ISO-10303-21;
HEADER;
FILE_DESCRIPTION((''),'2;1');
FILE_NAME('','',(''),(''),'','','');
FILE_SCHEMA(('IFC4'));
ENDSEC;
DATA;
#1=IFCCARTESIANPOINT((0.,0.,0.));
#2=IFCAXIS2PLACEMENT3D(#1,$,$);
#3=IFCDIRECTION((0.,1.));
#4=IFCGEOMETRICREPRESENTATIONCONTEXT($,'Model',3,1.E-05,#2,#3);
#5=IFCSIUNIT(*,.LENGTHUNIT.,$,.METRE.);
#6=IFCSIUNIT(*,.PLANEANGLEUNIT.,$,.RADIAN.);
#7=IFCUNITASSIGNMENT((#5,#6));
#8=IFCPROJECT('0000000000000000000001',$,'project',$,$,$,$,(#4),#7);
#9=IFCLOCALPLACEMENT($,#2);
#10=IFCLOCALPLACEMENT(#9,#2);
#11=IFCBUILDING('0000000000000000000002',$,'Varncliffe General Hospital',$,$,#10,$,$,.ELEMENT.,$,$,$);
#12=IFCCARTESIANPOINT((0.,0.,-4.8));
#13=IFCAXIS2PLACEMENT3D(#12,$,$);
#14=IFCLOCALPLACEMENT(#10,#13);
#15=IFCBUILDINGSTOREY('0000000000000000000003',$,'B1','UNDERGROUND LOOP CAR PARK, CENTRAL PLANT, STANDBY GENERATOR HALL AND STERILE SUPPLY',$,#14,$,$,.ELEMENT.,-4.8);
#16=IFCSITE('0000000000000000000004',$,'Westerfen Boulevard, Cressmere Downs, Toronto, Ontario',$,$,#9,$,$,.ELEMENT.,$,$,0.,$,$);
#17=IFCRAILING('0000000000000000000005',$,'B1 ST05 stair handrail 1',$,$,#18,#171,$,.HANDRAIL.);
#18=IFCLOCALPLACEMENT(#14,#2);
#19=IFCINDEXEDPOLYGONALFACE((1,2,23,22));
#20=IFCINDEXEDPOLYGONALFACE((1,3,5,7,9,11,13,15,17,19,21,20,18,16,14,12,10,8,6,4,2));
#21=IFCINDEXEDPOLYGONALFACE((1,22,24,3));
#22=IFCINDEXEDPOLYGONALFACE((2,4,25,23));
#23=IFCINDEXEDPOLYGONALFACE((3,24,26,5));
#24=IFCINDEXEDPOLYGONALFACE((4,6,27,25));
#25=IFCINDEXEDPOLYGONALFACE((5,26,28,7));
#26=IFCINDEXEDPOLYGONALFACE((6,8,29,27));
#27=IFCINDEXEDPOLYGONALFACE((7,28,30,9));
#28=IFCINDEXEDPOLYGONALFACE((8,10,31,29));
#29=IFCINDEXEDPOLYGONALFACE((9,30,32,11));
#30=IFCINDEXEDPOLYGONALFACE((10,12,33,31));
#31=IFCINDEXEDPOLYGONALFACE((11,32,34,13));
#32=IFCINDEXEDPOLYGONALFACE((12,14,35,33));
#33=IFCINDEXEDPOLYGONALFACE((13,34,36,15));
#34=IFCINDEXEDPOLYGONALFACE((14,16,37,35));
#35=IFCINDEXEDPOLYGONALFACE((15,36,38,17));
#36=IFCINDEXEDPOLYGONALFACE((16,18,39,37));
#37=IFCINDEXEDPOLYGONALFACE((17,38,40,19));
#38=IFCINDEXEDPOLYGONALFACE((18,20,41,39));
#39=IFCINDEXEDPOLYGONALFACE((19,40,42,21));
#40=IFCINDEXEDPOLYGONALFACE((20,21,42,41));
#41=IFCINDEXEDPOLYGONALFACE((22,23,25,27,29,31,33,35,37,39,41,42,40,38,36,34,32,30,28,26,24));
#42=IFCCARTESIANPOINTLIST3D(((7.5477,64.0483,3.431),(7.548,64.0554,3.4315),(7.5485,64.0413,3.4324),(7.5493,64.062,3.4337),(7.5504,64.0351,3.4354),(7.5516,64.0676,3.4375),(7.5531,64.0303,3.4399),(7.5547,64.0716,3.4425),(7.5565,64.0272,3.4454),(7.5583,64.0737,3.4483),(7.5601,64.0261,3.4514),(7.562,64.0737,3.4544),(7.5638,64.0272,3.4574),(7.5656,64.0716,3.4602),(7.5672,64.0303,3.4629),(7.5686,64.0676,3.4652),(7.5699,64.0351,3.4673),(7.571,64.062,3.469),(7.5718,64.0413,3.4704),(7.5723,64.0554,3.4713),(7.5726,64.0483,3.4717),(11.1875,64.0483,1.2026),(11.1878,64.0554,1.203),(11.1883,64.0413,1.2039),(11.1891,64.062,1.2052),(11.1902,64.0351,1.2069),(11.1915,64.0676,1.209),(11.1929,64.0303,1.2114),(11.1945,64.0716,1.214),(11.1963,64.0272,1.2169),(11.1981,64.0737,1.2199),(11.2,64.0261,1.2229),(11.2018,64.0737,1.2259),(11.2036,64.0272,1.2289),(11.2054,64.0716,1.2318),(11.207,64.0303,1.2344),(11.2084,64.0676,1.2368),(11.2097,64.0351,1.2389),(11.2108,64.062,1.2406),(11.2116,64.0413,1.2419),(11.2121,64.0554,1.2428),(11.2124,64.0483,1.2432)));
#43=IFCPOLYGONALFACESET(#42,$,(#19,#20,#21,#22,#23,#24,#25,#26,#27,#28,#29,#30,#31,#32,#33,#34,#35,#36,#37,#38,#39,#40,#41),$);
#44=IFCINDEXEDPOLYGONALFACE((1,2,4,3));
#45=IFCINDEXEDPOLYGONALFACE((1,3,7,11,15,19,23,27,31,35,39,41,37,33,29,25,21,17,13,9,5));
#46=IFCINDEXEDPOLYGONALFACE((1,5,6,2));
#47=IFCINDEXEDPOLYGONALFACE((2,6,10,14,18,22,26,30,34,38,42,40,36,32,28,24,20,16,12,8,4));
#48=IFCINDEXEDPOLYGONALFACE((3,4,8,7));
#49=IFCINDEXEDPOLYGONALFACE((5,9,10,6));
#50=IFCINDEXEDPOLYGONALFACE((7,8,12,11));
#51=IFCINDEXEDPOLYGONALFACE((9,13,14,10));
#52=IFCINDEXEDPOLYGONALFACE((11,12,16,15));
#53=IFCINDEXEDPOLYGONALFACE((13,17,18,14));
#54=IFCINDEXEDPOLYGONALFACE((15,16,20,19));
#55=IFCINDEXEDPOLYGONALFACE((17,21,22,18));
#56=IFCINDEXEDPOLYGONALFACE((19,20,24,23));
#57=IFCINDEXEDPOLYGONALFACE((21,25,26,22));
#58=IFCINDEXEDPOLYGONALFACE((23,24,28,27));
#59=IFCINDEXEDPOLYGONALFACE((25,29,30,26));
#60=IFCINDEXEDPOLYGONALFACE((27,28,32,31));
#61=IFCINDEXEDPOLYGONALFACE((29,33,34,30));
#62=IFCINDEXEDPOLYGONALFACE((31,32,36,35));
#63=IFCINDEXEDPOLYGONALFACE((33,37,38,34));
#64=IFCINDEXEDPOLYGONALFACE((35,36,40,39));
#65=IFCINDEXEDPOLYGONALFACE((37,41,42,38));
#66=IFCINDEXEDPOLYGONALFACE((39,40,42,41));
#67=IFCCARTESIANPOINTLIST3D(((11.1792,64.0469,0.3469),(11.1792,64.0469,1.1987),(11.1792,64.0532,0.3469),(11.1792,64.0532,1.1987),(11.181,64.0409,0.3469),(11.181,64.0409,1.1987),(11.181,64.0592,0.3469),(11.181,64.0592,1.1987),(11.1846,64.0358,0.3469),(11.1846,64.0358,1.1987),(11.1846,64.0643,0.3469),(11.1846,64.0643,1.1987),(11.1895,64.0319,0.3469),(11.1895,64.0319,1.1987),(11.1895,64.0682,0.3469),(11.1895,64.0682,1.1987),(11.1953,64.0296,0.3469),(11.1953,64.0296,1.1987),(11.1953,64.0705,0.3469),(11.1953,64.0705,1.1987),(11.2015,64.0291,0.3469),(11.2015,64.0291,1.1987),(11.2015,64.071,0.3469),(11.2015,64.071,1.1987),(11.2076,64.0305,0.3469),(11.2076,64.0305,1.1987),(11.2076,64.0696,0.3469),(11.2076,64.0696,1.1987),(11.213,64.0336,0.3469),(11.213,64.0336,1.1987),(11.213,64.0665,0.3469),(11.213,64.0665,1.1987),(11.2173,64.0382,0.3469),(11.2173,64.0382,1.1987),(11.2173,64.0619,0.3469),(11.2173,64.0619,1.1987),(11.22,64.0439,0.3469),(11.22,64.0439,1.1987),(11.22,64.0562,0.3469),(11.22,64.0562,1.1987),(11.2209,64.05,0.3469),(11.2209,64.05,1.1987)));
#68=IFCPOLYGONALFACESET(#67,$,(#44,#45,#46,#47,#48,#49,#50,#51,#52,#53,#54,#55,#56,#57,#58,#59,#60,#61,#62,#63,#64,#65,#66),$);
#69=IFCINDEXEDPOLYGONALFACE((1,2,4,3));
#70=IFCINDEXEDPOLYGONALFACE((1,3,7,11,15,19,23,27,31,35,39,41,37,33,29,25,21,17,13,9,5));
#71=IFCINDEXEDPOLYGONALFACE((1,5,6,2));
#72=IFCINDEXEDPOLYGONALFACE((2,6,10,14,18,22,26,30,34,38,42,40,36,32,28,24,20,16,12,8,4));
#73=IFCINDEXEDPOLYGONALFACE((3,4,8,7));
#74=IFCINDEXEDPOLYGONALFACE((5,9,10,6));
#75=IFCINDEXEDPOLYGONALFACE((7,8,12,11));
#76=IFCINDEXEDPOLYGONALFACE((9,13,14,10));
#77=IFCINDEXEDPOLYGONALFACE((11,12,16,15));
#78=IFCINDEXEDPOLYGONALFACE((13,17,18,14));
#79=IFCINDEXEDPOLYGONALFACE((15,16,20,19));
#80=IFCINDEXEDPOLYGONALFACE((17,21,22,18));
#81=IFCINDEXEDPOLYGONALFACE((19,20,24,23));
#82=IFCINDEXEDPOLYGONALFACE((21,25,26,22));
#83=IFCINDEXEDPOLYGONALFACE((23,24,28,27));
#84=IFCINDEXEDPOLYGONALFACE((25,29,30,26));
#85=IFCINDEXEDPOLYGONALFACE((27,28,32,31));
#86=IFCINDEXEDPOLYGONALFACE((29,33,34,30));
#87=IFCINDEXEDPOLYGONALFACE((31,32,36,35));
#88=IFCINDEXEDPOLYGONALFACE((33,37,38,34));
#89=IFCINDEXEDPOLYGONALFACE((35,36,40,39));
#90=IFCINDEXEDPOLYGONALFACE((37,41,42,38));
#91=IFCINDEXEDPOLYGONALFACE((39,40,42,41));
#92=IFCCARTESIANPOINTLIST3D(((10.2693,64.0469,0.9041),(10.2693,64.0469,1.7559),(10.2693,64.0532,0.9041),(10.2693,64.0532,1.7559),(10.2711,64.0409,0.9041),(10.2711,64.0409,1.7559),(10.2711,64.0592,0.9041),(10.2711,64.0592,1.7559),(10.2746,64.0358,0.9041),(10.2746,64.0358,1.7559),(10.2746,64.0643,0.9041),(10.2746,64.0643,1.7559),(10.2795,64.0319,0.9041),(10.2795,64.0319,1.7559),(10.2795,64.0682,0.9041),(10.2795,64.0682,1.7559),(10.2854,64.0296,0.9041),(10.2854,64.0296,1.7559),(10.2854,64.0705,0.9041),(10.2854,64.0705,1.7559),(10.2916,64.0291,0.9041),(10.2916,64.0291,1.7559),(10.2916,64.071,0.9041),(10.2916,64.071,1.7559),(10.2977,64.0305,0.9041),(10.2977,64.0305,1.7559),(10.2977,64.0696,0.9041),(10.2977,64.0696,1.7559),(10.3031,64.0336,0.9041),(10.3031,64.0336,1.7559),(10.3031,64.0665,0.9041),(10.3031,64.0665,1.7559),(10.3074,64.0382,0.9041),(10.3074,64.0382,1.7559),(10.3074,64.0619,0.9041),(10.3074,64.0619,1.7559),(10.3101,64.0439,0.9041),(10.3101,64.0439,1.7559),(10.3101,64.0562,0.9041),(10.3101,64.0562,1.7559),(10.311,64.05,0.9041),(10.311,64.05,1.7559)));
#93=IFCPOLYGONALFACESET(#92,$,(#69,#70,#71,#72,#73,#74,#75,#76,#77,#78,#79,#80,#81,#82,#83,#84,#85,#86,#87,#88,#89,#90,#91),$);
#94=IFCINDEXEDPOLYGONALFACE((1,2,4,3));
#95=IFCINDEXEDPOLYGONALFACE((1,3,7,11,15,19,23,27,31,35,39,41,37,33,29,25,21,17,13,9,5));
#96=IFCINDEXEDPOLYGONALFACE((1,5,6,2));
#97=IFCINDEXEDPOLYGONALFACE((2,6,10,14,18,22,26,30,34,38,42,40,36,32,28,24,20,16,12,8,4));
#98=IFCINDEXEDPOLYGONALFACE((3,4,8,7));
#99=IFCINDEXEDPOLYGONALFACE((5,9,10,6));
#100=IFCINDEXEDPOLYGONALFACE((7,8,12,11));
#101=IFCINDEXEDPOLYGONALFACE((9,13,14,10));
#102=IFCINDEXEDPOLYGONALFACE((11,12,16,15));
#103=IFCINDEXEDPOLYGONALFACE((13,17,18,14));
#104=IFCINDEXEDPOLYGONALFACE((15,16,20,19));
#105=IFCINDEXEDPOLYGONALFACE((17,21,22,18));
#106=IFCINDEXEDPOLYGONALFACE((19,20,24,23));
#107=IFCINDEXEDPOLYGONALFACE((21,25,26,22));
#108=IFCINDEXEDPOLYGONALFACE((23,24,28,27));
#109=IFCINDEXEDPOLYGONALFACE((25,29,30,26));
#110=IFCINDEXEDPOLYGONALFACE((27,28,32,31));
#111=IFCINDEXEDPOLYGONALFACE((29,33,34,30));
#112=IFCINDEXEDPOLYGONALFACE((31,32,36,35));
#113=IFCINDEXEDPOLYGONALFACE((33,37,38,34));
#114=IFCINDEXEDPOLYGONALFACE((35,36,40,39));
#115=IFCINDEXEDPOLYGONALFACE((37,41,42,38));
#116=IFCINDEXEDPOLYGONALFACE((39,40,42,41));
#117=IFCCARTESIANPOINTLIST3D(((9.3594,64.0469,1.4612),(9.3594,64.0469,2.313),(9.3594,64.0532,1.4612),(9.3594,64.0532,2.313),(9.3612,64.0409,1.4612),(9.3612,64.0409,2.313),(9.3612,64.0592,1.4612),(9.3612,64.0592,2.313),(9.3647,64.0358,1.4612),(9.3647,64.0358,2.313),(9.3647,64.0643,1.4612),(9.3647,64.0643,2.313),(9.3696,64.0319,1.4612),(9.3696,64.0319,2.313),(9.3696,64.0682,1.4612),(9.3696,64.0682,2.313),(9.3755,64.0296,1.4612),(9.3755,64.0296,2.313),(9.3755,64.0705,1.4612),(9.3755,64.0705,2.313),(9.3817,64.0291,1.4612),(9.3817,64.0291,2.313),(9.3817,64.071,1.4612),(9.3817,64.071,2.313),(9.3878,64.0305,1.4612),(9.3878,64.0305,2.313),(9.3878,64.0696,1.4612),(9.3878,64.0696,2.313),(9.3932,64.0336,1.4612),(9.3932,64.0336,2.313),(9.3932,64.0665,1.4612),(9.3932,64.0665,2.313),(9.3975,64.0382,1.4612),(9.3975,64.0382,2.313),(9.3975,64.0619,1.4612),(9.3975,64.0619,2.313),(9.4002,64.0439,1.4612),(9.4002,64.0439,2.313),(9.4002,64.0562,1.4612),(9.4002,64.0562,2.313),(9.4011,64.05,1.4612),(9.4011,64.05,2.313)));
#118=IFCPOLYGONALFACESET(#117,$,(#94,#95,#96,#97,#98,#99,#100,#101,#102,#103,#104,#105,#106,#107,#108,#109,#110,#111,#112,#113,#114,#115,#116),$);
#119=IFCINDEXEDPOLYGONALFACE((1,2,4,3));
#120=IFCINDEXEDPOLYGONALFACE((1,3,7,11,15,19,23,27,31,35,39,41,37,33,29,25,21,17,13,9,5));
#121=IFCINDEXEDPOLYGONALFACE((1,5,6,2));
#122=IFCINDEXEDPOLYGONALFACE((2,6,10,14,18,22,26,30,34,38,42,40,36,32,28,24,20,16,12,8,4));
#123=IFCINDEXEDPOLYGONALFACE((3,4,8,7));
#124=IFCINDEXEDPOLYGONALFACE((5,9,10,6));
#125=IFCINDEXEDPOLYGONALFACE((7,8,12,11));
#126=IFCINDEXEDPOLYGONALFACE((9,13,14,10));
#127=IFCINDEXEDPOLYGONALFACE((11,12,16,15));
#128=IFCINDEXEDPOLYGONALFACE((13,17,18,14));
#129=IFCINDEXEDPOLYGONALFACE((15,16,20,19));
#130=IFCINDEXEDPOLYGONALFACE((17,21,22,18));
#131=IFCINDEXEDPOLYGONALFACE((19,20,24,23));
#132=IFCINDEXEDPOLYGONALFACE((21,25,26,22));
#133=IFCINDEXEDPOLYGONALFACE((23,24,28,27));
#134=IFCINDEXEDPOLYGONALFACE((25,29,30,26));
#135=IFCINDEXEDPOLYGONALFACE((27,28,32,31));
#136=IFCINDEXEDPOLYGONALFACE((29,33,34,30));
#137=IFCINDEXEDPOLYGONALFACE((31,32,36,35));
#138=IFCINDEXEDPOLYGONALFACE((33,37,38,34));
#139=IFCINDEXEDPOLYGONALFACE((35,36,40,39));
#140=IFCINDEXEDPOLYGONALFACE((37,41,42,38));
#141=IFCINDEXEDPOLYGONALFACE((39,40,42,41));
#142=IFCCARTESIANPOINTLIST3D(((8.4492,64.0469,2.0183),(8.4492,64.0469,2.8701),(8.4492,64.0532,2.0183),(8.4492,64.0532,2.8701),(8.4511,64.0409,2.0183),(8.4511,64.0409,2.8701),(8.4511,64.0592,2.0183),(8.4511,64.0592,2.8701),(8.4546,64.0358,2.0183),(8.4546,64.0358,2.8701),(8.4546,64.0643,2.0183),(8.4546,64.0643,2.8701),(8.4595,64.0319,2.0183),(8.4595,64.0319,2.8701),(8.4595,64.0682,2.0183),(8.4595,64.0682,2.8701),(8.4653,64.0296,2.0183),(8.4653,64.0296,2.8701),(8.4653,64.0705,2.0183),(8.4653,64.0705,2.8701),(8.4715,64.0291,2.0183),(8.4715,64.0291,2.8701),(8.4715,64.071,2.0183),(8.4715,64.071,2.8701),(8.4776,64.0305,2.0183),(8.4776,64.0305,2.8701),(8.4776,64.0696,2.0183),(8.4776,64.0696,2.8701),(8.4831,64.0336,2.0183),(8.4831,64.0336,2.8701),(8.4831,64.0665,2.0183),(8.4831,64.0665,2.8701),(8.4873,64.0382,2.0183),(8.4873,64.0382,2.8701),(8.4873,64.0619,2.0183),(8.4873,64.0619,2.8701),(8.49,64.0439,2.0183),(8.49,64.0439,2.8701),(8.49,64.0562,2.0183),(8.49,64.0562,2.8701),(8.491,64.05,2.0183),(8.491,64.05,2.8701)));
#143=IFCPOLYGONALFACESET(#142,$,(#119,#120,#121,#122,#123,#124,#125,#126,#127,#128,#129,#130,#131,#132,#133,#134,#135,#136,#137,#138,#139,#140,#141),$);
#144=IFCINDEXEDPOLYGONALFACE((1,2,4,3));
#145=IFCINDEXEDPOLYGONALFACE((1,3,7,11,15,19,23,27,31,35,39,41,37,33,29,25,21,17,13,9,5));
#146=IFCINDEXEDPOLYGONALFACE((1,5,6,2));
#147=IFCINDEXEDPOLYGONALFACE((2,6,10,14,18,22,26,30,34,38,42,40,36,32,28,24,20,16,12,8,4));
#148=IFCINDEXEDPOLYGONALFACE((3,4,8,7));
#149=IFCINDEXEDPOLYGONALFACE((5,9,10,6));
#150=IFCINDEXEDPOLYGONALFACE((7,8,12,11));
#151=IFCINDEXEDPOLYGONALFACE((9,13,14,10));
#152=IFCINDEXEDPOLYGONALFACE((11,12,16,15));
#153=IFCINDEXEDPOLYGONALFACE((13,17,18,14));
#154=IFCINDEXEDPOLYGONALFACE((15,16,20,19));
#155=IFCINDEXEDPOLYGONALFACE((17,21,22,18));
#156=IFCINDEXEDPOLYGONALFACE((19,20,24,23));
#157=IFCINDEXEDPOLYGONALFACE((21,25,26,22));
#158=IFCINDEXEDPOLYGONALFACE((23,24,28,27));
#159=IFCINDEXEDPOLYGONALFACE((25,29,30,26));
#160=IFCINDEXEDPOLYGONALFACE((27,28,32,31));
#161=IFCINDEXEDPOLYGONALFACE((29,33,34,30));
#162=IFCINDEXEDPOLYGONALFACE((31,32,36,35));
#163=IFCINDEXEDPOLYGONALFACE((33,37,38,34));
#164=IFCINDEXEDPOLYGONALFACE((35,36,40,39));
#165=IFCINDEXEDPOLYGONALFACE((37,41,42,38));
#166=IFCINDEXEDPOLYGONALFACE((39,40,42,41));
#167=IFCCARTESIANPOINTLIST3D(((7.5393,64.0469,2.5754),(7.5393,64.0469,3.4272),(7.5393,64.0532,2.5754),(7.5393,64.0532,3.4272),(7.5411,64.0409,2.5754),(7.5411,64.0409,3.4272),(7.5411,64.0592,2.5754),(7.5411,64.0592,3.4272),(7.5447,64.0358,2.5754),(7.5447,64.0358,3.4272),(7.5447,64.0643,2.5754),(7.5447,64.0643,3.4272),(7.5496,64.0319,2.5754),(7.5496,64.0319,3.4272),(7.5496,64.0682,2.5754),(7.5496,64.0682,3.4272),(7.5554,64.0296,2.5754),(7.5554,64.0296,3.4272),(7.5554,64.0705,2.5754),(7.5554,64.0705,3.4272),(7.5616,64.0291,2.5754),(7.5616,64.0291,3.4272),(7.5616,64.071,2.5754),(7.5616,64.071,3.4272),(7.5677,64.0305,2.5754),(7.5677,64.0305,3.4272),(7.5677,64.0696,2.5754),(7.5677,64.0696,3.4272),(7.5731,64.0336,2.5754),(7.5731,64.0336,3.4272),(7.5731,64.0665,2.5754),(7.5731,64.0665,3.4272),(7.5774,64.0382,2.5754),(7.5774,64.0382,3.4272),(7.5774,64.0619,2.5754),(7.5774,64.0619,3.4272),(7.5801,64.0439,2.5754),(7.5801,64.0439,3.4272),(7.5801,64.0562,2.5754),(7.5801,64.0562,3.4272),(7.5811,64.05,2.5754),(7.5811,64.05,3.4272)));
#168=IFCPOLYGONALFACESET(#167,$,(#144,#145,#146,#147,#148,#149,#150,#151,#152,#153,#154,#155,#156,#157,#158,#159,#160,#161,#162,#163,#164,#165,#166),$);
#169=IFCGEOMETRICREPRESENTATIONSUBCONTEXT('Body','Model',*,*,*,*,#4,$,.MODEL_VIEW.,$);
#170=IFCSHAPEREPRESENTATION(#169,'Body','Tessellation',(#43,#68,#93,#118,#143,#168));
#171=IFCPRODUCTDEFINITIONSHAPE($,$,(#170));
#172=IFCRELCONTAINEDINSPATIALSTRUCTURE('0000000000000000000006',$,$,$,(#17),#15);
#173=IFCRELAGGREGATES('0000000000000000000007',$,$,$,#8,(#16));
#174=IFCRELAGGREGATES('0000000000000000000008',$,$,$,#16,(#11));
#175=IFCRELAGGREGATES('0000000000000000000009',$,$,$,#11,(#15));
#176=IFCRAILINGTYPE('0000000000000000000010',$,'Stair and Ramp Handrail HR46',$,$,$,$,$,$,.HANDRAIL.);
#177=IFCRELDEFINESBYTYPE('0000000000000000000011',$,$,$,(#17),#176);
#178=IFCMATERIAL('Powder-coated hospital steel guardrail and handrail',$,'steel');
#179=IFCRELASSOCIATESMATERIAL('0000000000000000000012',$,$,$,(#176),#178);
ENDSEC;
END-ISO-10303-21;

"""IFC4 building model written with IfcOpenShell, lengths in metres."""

from ifc_helpers import new_model, si_unit, direction, frame, origin, origin_2d, place, context, subcontext, project, spatial, circle, extrude, material, type_object, element, save


model = new_model("IFC4")

# Units and contexts
model_context = context("Model", 3, precision=1e-05, world=origin(), true_north=direction((0.0, 1.0)))
body_context = subcontext(model_context, "Body", "Model", "MODEL_VIEW")
ifc_project = project(units=[si_unit("LENGTHUNIT", "METRE"), si_unit("PLANEANGLEUNIT", "RADIAN")], contexts=[model_context])

# Site, building, storey
site_placement = place(None, origin())
site = spatial("IfcSite", under=ifc_project, at=site_placement, Name="Westerfen Boulevard, Cressmere Downs, Toronto, Ontario", CompositionType="ELEMENT", RefElevation=0.0)
building_placement = place(site_placement, origin())
building = spatial("IfcBuilding", under=site, at=building_placement, Name="Varncliffe General Hospital", CompositionType="ELEMENT")
storey_placement = place(building_placement, frame((0.0, 0.0, -4.8)))
storey = spatial("IfcBuildingStorey", under=building, at=storey_placement, Name="B1", Description="UNDERGROUND LOOP CAR PARK, CENTRAL PLANT, STANDBY GENERATOR HALL AND STERILE SUPPLY", CompositionType="ELEMENT", Elevation=-4.8)

# Railing
ifc_material_1 = material(Name="Powder-coated hospital steel guardrail and handrail", Category="steel")
railing_type_1 = type_object("IfcRailingType", Name="Stair and Ramp Handrail HR46", PredefinedType="HANDRAIL", material=ifc_material_1)
railing_1_placement = place(storey_placement, frame((11.2, 64.05, 0.3469)))
element("IfcRailing", 1, at=railing_1_placement, inside=storey, type_object=railing_type_1, Name="B1 ST05 stair handrail 1", PredefinedType="HANDRAIL", context=body_context, shape_type="SweptSolid", body=[
    extrude(circle(Radius=0.0239, at=origin_2d()), frame((0.0, 0.0, 0.876), z_axis=(-0.85285, 0.0, 0.522156), x_axis=(0.0, -1.0, 0.0)), (0.0, 0.0, 1.0), 4.2678),
    extrude(circle(Radius=0.021, at=origin_2d()), origin(), (0.0, 0.0, 1.0), 0.8518),
    extrude(circle(Radius=0.021, at=origin_2d()), frame((-0.9099, 0.0, 0.5571)), (0.0, 0.0, 1.0), 0.8518),
    extrude(circle(Radius=0.021, at=origin_2d()), frame((-1.8198, 0.0, 1.1143)), (0.0, 0.0, 1.0), 0.8518),
    extrude(circle(Radius=0.021, at=origin_2d()), frame((-2.73, 0.0, 1.6714)), (0.0, 0.0, 1.0), 0.8518),
    extrude(circle(Radius=0.021, at=origin_2d()), frame((-3.6399, 0.0, 2.2285)), (0.0, 0.0, 1.0), 0.8518),
])

save(model, "model.ifc")
